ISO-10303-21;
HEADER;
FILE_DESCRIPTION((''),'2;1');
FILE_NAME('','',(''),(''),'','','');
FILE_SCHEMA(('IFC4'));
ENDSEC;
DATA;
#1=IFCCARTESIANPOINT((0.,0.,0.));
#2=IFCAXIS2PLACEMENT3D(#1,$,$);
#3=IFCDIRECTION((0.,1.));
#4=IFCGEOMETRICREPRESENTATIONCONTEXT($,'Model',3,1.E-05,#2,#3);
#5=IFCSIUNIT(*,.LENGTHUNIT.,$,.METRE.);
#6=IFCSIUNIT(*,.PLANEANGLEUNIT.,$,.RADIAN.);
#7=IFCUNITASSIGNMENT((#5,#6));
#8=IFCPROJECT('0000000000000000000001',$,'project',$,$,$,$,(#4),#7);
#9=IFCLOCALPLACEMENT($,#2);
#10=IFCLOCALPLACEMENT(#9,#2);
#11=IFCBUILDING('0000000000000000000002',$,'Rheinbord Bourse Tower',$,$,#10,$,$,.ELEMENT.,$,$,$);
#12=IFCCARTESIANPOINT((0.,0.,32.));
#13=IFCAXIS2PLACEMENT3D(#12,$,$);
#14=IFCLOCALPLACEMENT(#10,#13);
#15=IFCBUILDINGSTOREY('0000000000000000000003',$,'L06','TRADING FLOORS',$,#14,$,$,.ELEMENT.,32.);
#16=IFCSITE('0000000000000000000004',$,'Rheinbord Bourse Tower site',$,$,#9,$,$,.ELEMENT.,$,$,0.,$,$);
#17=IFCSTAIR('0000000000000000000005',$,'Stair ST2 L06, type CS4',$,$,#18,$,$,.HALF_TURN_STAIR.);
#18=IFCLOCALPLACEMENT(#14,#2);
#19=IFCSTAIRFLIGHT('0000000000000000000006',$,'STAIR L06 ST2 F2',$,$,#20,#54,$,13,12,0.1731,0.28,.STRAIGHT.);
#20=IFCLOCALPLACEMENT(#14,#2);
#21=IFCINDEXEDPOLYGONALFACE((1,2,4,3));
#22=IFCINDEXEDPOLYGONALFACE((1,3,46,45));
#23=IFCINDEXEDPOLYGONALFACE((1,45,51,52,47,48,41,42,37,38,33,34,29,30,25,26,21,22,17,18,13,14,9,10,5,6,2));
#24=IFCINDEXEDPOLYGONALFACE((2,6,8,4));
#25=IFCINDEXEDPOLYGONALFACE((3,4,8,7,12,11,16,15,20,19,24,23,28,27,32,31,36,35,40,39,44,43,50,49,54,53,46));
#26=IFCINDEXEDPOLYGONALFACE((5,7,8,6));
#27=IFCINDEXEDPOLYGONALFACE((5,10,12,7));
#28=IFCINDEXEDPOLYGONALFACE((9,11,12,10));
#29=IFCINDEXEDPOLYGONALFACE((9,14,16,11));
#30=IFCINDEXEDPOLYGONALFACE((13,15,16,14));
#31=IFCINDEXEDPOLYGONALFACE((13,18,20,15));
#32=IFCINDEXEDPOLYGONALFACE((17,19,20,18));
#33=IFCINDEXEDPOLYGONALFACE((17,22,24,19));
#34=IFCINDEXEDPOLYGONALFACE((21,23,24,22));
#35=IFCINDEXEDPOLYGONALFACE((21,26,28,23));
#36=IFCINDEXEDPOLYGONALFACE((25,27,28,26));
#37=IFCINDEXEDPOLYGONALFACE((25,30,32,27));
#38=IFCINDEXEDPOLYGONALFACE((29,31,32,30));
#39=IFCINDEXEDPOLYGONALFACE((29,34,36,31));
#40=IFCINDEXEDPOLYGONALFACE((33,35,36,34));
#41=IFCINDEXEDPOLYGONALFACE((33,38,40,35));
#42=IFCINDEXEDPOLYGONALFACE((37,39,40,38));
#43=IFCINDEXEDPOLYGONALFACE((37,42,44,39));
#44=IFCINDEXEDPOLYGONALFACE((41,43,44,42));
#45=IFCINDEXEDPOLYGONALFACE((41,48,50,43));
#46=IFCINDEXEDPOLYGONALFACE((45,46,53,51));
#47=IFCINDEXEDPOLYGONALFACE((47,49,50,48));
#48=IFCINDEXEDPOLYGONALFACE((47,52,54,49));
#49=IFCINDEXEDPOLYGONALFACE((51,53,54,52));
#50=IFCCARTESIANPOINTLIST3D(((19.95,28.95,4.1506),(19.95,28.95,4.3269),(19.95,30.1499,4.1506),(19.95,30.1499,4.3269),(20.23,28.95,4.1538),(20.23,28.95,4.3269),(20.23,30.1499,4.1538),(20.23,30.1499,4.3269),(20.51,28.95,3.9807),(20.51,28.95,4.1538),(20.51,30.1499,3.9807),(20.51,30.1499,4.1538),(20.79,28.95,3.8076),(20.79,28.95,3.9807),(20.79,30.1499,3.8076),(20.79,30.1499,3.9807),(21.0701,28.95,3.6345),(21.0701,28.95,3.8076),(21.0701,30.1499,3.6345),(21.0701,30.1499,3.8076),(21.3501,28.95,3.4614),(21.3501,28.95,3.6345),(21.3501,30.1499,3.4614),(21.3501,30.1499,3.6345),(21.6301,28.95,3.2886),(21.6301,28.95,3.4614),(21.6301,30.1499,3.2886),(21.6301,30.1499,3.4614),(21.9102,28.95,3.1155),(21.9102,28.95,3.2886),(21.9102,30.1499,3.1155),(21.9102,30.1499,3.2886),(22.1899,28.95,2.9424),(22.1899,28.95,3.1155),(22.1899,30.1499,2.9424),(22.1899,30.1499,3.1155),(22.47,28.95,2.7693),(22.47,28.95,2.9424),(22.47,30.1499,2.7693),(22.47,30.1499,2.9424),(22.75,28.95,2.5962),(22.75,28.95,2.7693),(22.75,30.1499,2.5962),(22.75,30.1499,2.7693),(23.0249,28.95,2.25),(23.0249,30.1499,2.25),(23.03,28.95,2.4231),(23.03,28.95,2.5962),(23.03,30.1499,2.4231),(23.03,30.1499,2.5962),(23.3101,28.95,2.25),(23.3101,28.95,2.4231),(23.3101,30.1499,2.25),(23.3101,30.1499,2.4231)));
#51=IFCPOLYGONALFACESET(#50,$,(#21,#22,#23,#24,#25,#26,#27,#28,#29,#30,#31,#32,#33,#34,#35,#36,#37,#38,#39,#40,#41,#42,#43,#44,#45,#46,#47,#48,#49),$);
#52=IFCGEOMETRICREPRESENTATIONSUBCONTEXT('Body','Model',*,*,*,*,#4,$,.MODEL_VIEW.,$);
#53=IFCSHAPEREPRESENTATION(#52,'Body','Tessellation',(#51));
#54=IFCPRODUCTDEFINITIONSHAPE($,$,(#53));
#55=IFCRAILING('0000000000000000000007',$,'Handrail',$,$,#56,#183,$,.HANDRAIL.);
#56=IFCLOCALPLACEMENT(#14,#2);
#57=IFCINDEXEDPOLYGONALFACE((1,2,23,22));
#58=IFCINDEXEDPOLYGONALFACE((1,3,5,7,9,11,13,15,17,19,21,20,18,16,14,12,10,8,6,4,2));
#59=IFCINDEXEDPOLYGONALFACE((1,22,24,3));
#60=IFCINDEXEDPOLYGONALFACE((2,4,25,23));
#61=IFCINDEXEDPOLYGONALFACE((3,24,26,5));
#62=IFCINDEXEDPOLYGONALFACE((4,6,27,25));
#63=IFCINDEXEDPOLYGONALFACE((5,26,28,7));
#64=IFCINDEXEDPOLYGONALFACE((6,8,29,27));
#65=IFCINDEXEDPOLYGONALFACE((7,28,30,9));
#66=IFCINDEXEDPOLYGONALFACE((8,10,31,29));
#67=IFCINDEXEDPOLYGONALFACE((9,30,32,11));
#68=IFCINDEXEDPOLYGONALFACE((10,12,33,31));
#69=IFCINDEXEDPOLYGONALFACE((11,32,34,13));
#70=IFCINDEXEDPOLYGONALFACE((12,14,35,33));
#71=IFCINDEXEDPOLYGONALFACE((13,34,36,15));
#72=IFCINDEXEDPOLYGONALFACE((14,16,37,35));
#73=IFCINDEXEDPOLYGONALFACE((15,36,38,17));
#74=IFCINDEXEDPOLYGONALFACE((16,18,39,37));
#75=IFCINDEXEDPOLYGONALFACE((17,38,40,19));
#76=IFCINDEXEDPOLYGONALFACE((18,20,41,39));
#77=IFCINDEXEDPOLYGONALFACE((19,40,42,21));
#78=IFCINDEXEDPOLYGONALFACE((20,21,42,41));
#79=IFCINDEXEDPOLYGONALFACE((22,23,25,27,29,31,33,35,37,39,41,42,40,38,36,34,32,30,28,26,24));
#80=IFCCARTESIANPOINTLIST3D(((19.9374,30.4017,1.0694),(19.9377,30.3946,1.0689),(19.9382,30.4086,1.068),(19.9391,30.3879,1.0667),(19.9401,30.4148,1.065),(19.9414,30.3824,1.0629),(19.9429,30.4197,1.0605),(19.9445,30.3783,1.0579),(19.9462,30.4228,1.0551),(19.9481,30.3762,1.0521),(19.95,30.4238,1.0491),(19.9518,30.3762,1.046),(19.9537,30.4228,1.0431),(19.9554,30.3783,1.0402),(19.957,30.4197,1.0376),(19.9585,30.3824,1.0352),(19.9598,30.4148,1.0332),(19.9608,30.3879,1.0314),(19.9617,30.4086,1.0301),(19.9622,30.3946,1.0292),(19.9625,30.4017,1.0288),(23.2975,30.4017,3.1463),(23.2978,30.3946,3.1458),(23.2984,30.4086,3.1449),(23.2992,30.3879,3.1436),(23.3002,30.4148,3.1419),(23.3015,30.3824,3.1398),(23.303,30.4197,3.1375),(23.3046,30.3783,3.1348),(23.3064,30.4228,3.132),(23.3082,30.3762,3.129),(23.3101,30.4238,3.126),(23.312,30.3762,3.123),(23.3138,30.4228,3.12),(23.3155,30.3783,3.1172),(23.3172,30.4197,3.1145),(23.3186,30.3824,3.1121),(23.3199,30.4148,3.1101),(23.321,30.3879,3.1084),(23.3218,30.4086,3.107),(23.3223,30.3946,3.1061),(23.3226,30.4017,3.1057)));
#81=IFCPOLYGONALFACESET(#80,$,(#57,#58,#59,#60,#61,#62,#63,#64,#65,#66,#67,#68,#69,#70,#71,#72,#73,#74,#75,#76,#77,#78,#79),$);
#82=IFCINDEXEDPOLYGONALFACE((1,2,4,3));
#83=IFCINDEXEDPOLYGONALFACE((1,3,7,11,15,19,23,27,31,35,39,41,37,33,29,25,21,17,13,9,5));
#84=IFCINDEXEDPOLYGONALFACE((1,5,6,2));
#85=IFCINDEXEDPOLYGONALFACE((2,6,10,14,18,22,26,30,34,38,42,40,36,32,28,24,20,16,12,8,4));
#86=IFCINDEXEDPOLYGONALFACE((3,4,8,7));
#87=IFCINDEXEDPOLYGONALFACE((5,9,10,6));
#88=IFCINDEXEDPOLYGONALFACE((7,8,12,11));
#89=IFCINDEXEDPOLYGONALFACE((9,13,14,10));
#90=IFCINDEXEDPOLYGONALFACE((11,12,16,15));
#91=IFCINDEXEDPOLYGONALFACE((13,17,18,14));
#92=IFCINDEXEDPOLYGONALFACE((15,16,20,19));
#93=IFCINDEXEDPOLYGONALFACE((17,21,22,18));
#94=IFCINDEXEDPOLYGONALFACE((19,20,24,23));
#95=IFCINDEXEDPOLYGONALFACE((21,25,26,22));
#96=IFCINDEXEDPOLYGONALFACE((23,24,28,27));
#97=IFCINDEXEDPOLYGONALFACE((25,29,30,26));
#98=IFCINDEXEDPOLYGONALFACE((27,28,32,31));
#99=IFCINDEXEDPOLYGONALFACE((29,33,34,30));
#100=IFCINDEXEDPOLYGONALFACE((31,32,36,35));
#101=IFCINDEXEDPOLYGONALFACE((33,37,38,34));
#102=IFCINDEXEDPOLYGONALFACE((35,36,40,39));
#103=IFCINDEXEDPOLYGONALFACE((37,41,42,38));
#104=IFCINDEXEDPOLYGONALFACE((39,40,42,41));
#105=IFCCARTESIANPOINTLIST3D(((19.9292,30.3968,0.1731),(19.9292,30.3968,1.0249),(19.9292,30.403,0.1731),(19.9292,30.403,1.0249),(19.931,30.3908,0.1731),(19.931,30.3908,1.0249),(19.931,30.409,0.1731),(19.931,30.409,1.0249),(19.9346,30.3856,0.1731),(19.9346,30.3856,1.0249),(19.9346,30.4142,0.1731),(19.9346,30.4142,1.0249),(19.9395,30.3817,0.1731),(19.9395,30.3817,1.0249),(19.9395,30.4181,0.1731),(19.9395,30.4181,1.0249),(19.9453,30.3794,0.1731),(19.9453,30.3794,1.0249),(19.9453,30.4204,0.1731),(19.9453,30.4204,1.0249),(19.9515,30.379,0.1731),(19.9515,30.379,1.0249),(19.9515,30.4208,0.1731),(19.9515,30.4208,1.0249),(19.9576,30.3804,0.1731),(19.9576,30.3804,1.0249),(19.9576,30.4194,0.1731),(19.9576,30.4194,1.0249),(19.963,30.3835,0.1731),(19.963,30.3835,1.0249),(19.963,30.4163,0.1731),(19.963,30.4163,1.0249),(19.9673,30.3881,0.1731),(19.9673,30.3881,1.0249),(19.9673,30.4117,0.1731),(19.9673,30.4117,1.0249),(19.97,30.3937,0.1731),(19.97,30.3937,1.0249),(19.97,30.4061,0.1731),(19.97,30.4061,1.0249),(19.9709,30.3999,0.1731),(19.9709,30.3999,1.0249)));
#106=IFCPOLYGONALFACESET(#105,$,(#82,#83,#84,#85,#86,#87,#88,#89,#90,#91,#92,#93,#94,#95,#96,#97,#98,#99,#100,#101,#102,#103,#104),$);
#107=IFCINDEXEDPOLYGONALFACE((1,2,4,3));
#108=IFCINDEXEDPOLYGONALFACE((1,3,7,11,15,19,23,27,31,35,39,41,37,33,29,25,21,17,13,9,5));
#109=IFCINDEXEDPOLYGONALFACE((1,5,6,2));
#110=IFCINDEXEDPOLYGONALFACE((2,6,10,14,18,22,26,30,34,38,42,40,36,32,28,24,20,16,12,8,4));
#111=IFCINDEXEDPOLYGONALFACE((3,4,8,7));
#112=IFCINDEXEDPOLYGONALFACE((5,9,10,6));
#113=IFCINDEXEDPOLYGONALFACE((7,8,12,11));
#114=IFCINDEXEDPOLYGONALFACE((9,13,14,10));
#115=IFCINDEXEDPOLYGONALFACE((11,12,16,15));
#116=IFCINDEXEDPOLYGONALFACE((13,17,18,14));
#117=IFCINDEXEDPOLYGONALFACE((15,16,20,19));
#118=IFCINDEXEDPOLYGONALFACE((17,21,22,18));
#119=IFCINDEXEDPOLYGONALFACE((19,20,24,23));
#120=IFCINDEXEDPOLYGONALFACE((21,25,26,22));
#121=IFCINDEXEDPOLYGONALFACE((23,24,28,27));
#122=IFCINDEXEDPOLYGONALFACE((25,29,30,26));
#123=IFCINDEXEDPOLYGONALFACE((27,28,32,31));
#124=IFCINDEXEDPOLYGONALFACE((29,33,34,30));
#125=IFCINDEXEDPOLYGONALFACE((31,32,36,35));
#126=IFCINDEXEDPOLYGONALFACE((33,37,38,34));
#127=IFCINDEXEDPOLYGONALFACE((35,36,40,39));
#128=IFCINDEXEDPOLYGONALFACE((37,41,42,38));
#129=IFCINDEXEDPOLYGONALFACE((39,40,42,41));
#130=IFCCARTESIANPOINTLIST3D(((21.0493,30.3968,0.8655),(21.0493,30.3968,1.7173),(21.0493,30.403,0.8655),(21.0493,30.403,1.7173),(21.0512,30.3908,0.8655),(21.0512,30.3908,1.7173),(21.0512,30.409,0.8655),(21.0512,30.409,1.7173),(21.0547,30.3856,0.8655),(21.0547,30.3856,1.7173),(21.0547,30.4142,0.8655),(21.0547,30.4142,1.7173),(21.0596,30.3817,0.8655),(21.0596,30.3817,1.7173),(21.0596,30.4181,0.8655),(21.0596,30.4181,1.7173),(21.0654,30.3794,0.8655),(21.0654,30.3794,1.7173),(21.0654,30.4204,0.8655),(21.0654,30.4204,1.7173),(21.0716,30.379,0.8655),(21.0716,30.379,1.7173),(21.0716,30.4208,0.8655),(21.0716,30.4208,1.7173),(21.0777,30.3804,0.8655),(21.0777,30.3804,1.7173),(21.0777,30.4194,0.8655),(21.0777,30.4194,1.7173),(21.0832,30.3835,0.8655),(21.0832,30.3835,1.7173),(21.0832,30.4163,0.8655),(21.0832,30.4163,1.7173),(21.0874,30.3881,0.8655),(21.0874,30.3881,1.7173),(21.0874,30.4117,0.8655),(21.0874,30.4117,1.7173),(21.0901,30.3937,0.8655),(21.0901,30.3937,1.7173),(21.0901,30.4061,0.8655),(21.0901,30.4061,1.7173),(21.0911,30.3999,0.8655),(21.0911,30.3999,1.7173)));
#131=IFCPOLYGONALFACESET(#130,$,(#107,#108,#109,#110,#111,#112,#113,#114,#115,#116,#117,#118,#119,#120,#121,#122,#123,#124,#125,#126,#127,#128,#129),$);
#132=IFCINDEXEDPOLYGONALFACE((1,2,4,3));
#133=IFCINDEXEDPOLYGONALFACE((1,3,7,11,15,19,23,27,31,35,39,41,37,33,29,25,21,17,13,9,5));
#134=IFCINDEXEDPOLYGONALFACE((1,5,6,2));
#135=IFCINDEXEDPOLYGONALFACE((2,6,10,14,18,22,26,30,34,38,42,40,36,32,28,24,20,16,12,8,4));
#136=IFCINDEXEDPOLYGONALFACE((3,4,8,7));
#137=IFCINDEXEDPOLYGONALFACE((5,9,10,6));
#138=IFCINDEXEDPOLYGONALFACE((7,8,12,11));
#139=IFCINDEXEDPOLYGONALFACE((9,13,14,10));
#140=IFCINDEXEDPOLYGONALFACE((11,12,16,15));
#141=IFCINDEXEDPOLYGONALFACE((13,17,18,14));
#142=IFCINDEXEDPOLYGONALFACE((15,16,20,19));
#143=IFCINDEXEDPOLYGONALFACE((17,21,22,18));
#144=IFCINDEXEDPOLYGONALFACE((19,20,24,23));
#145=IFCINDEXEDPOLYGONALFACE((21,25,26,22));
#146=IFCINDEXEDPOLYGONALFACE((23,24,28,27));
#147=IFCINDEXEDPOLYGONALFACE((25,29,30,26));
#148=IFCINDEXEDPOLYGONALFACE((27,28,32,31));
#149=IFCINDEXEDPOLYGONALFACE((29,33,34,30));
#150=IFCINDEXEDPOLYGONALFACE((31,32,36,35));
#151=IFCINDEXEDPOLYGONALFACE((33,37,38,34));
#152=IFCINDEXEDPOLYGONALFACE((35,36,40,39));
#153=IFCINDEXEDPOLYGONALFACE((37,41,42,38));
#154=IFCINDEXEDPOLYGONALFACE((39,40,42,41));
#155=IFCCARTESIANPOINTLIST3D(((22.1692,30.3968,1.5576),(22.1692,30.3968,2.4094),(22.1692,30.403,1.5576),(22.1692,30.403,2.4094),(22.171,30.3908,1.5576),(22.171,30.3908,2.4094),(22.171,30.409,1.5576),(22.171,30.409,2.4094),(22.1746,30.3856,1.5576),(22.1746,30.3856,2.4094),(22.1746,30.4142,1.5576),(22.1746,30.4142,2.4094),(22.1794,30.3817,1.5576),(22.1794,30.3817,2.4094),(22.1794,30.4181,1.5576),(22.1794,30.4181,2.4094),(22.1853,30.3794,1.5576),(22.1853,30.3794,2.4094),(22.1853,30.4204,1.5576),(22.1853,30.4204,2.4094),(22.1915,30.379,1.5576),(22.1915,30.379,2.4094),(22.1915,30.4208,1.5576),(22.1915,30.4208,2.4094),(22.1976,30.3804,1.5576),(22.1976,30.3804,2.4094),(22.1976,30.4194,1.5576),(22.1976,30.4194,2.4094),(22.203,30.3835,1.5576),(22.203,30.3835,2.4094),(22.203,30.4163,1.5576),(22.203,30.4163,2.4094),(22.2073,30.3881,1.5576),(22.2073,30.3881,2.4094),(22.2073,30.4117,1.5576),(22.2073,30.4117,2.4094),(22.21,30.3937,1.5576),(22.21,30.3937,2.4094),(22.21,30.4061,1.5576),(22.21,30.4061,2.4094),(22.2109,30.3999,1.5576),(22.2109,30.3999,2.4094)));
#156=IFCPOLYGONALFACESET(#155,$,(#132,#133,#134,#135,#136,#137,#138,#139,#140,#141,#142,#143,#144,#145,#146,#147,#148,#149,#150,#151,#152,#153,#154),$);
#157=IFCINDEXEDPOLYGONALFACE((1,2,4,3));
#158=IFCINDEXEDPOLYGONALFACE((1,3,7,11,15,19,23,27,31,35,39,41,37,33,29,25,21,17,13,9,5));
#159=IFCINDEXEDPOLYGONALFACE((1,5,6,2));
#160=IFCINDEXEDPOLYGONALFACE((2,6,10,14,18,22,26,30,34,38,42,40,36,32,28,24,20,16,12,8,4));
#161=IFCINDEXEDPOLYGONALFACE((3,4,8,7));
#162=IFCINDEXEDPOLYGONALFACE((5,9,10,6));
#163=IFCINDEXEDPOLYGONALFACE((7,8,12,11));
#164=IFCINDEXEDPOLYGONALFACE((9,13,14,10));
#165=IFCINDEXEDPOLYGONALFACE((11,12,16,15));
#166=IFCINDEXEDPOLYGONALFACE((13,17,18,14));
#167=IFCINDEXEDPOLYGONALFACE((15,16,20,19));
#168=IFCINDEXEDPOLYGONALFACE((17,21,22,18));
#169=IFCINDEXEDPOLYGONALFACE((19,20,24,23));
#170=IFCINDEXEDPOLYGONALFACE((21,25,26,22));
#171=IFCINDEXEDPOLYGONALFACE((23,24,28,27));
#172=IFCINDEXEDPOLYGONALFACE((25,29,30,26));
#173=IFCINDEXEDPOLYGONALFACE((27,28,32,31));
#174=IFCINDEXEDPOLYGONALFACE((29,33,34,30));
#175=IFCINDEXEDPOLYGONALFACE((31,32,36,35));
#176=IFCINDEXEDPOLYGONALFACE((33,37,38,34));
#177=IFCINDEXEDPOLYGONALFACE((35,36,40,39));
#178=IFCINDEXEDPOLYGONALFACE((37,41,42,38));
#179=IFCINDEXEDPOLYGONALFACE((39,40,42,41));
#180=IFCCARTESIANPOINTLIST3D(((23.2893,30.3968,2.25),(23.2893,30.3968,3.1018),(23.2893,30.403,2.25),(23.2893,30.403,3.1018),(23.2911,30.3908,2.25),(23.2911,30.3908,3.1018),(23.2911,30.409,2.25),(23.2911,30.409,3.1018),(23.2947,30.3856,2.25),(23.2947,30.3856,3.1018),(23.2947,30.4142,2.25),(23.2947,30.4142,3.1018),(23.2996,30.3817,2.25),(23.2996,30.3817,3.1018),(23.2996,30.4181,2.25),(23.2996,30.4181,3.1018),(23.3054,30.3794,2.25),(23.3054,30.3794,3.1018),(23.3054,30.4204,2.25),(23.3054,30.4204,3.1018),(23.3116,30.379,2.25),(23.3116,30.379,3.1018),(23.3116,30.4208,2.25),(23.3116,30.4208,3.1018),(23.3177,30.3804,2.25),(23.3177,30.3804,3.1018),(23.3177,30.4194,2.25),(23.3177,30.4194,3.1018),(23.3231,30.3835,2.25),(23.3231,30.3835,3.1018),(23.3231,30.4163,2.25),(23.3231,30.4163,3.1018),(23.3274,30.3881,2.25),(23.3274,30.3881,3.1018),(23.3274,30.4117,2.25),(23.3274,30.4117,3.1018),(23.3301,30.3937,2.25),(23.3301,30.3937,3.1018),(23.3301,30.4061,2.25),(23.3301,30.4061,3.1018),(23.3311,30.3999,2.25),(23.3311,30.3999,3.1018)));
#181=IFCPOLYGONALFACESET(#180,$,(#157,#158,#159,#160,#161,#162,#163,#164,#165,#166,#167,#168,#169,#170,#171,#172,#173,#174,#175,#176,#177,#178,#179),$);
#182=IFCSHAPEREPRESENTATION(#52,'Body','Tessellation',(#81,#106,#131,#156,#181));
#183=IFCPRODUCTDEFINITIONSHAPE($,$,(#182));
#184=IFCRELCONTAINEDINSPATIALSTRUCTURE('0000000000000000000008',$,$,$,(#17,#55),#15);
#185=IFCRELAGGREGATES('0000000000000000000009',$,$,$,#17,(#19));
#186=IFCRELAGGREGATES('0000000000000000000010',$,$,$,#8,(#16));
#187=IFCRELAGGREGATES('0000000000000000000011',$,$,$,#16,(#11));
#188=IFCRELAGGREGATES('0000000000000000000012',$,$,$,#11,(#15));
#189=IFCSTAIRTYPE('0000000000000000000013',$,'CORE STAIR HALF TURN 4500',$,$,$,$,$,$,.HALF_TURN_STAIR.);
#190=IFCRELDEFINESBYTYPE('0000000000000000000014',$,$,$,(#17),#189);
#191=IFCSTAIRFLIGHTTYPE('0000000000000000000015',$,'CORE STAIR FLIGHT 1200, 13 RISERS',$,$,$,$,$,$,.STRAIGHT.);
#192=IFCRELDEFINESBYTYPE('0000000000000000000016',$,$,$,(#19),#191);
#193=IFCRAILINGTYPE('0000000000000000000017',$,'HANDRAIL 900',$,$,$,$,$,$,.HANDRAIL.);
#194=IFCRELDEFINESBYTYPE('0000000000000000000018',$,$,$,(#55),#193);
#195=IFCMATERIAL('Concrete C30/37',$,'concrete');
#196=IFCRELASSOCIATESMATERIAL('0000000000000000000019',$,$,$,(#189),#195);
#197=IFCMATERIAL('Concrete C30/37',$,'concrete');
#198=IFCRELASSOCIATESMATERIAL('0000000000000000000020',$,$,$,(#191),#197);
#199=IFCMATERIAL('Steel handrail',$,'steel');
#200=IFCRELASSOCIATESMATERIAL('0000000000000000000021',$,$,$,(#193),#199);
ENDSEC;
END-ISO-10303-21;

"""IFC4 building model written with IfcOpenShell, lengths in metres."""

from ifc_helpers import new_model, si_unit, direction, frame, origin, origin_2d, place, context, subcontext, project, spatial, polyline, circle, outline, extrude, material, type_object, element, aggregate, save


model = new_model("IFC4")

# Units and contexts
model_context = context("Model", 3, precision=1e-05, world=origin(), true_north=direction((0.0, 1.0)))
body_context = subcontext(model_context, "Body", "Model", "MODEL_VIEW")
ifc_project = project(units=[si_unit("LENGTHUNIT", "METRE"), si_unit("PLANEANGLEUNIT", "RADIAN")], contexts=[model_context])

# Site, building, storey
site_placement = place(None, origin())
site = spatial("IfcSite", under=ifc_project, at=site_placement, Name="Rheinbord Bourse Tower site", CompositionType="ELEMENT", RefElevation=0.0)
building_placement = place(site_placement, origin())
building = spatial("IfcBuilding", under=site, at=building_placement, Name="Rheinbord Bourse Tower", CompositionType="ELEMENT")
storey_placement = place(building_placement, frame((0.0, 0.0, 32.0)))
storey = spatial("IfcBuildingStorey", under=building, at=storey_placement, Name="L06", Description="TRADING FLOORS", CompositionType="ELEMENT", Elevation=32.0)

# Stair, stair flight
ifc_material_1 = material(Name="Concrete C30/37", Category="concrete")
stair_type = type_object("IfcStairType", Name="CORE STAIR HALF TURN 4500", PredefinedType="HALF_TURN_STAIR", material=ifc_material_1)
stair_placement = place(storey_placement, origin())
stair = element("IfcStair", 1, at=stair_placement, inside=storey, type_object=stair_type, Name="Stair ST2 L06, type CS4", PredefinedType="HALF_TURN_STAIR")
ifc_material_2 = material(Name="Concrete C30/37", Category="concrete")
stair_flight_type = type_object("IfcStairFlightType", Name="CORE STAIR FLIGHT 1200, 13 RISERS", PredefinedType="STRAIGHT", material=ifc_material_2)
stair_flight_1_placement = place(storey_placement, frame((23.3101, 29.55, 2.25), z_axis=(0.0, 0.0, 1.0), x_axis=(-1.0, 0.0, 0.0)))
stair_flight_1 = element("IfcStairFlight", 2, at=stair_flight_1_placement, type_object=stair_flight_type, Name="STAIR L06 ST2 F2", NumberOfRisers=13, NumberOfTreads=12, PredefinedType="STRAIGHT", RiserHeight=0.1731, TreadLength=0.28, context=body_context, shape_type="SweptSolid", body=[
    extrude(outline(polyline([(0.0, 0.0), (0.0, 0.1731), (0.28, 0.1731), (0.28, 0.3462), (0.5601, 0.3462), (0.5601, 0.5193), (0.8401, 0.5193), (0.8401, 0.6924), (1.1201, 0.6924), (1.1201, 0.8655), (1.3999, 0.8655), (1.3999, 1.0386), (1.6799, 1.0386), (1.6799, 1.2114), (1.96, 1.2114), (1.96, 1.3845), (2.24, 1.3845), (2.24, 1.5576), (2.52, 1.5576), (2.52, 1.7307), (2.8, 1.7307), (2.8, 1.9038), (3.0801, 1.9038), (3.0801, 2.0769), (3.3601, 2.0769), (3.3601, 2.25), (3.3601, 1.9006), (0.2852, 0.0), (0.0, 0.0)])), frame((0.0, 0.6001, 0.0), z_axis=(0.0, -1.0, 0.0), x_axis=(1.0, 0.0, 0.0)), (0.0, 0.0, 1.0), 1.2),
])
aggregate(stair, [stair_flight_1])

# Railing
ifc_material_3 = material(Name="Steel handrail", Category="steel")
railing_type = type_object("IfcRailingType", Name="HANDRAIL 900", PredefinedType="HANDRAIL", material=ifc_material_3)
railing_1_placement = place(storey_placement, frame((19.95, 30.3999, 0.1731)))
element("IfcRailing", 3, at=railing_1_placement, inside=storey, type_object=railing_type, Name="Handrail", PredefinedType="HANDRAIL", context=body_context, shape_type="SweptSolid", body=[
    extrude(circle(Radius=0.0239, at=origin_2d()), frame((0.0, 0.0, 0.876), z_axis=(0.850623, 0.0, 0.525776), x_axis=(0.0, 1.0, 0.0)), (0.0, 0.0, 1.0), 3.9502),
    extrude(circle(Radius=0.021, at=origin_2d()), origin(), (0.0, 0.0, 1.0), 0.8518),
    extrude(circle(Radius=0.021, at=origin_2d()), frame((1.1201, 0.0, 0.6924)), (0.0, 0.0, 1.0), 0.8518),
    extrude(circle(Radius=0.021, at=origin_2d()), frame((2.24, 0.0, 1.3845)), (0.0, 0.0, 1.0), 0.8518),
    extrude(circle(Radius=0.021, at=origin_2d()), frame((3.3601, 0.0, 2.0769)), (0.0, 0.0, 1.0), 0.8518),
])

save(model, "model.ifc")
